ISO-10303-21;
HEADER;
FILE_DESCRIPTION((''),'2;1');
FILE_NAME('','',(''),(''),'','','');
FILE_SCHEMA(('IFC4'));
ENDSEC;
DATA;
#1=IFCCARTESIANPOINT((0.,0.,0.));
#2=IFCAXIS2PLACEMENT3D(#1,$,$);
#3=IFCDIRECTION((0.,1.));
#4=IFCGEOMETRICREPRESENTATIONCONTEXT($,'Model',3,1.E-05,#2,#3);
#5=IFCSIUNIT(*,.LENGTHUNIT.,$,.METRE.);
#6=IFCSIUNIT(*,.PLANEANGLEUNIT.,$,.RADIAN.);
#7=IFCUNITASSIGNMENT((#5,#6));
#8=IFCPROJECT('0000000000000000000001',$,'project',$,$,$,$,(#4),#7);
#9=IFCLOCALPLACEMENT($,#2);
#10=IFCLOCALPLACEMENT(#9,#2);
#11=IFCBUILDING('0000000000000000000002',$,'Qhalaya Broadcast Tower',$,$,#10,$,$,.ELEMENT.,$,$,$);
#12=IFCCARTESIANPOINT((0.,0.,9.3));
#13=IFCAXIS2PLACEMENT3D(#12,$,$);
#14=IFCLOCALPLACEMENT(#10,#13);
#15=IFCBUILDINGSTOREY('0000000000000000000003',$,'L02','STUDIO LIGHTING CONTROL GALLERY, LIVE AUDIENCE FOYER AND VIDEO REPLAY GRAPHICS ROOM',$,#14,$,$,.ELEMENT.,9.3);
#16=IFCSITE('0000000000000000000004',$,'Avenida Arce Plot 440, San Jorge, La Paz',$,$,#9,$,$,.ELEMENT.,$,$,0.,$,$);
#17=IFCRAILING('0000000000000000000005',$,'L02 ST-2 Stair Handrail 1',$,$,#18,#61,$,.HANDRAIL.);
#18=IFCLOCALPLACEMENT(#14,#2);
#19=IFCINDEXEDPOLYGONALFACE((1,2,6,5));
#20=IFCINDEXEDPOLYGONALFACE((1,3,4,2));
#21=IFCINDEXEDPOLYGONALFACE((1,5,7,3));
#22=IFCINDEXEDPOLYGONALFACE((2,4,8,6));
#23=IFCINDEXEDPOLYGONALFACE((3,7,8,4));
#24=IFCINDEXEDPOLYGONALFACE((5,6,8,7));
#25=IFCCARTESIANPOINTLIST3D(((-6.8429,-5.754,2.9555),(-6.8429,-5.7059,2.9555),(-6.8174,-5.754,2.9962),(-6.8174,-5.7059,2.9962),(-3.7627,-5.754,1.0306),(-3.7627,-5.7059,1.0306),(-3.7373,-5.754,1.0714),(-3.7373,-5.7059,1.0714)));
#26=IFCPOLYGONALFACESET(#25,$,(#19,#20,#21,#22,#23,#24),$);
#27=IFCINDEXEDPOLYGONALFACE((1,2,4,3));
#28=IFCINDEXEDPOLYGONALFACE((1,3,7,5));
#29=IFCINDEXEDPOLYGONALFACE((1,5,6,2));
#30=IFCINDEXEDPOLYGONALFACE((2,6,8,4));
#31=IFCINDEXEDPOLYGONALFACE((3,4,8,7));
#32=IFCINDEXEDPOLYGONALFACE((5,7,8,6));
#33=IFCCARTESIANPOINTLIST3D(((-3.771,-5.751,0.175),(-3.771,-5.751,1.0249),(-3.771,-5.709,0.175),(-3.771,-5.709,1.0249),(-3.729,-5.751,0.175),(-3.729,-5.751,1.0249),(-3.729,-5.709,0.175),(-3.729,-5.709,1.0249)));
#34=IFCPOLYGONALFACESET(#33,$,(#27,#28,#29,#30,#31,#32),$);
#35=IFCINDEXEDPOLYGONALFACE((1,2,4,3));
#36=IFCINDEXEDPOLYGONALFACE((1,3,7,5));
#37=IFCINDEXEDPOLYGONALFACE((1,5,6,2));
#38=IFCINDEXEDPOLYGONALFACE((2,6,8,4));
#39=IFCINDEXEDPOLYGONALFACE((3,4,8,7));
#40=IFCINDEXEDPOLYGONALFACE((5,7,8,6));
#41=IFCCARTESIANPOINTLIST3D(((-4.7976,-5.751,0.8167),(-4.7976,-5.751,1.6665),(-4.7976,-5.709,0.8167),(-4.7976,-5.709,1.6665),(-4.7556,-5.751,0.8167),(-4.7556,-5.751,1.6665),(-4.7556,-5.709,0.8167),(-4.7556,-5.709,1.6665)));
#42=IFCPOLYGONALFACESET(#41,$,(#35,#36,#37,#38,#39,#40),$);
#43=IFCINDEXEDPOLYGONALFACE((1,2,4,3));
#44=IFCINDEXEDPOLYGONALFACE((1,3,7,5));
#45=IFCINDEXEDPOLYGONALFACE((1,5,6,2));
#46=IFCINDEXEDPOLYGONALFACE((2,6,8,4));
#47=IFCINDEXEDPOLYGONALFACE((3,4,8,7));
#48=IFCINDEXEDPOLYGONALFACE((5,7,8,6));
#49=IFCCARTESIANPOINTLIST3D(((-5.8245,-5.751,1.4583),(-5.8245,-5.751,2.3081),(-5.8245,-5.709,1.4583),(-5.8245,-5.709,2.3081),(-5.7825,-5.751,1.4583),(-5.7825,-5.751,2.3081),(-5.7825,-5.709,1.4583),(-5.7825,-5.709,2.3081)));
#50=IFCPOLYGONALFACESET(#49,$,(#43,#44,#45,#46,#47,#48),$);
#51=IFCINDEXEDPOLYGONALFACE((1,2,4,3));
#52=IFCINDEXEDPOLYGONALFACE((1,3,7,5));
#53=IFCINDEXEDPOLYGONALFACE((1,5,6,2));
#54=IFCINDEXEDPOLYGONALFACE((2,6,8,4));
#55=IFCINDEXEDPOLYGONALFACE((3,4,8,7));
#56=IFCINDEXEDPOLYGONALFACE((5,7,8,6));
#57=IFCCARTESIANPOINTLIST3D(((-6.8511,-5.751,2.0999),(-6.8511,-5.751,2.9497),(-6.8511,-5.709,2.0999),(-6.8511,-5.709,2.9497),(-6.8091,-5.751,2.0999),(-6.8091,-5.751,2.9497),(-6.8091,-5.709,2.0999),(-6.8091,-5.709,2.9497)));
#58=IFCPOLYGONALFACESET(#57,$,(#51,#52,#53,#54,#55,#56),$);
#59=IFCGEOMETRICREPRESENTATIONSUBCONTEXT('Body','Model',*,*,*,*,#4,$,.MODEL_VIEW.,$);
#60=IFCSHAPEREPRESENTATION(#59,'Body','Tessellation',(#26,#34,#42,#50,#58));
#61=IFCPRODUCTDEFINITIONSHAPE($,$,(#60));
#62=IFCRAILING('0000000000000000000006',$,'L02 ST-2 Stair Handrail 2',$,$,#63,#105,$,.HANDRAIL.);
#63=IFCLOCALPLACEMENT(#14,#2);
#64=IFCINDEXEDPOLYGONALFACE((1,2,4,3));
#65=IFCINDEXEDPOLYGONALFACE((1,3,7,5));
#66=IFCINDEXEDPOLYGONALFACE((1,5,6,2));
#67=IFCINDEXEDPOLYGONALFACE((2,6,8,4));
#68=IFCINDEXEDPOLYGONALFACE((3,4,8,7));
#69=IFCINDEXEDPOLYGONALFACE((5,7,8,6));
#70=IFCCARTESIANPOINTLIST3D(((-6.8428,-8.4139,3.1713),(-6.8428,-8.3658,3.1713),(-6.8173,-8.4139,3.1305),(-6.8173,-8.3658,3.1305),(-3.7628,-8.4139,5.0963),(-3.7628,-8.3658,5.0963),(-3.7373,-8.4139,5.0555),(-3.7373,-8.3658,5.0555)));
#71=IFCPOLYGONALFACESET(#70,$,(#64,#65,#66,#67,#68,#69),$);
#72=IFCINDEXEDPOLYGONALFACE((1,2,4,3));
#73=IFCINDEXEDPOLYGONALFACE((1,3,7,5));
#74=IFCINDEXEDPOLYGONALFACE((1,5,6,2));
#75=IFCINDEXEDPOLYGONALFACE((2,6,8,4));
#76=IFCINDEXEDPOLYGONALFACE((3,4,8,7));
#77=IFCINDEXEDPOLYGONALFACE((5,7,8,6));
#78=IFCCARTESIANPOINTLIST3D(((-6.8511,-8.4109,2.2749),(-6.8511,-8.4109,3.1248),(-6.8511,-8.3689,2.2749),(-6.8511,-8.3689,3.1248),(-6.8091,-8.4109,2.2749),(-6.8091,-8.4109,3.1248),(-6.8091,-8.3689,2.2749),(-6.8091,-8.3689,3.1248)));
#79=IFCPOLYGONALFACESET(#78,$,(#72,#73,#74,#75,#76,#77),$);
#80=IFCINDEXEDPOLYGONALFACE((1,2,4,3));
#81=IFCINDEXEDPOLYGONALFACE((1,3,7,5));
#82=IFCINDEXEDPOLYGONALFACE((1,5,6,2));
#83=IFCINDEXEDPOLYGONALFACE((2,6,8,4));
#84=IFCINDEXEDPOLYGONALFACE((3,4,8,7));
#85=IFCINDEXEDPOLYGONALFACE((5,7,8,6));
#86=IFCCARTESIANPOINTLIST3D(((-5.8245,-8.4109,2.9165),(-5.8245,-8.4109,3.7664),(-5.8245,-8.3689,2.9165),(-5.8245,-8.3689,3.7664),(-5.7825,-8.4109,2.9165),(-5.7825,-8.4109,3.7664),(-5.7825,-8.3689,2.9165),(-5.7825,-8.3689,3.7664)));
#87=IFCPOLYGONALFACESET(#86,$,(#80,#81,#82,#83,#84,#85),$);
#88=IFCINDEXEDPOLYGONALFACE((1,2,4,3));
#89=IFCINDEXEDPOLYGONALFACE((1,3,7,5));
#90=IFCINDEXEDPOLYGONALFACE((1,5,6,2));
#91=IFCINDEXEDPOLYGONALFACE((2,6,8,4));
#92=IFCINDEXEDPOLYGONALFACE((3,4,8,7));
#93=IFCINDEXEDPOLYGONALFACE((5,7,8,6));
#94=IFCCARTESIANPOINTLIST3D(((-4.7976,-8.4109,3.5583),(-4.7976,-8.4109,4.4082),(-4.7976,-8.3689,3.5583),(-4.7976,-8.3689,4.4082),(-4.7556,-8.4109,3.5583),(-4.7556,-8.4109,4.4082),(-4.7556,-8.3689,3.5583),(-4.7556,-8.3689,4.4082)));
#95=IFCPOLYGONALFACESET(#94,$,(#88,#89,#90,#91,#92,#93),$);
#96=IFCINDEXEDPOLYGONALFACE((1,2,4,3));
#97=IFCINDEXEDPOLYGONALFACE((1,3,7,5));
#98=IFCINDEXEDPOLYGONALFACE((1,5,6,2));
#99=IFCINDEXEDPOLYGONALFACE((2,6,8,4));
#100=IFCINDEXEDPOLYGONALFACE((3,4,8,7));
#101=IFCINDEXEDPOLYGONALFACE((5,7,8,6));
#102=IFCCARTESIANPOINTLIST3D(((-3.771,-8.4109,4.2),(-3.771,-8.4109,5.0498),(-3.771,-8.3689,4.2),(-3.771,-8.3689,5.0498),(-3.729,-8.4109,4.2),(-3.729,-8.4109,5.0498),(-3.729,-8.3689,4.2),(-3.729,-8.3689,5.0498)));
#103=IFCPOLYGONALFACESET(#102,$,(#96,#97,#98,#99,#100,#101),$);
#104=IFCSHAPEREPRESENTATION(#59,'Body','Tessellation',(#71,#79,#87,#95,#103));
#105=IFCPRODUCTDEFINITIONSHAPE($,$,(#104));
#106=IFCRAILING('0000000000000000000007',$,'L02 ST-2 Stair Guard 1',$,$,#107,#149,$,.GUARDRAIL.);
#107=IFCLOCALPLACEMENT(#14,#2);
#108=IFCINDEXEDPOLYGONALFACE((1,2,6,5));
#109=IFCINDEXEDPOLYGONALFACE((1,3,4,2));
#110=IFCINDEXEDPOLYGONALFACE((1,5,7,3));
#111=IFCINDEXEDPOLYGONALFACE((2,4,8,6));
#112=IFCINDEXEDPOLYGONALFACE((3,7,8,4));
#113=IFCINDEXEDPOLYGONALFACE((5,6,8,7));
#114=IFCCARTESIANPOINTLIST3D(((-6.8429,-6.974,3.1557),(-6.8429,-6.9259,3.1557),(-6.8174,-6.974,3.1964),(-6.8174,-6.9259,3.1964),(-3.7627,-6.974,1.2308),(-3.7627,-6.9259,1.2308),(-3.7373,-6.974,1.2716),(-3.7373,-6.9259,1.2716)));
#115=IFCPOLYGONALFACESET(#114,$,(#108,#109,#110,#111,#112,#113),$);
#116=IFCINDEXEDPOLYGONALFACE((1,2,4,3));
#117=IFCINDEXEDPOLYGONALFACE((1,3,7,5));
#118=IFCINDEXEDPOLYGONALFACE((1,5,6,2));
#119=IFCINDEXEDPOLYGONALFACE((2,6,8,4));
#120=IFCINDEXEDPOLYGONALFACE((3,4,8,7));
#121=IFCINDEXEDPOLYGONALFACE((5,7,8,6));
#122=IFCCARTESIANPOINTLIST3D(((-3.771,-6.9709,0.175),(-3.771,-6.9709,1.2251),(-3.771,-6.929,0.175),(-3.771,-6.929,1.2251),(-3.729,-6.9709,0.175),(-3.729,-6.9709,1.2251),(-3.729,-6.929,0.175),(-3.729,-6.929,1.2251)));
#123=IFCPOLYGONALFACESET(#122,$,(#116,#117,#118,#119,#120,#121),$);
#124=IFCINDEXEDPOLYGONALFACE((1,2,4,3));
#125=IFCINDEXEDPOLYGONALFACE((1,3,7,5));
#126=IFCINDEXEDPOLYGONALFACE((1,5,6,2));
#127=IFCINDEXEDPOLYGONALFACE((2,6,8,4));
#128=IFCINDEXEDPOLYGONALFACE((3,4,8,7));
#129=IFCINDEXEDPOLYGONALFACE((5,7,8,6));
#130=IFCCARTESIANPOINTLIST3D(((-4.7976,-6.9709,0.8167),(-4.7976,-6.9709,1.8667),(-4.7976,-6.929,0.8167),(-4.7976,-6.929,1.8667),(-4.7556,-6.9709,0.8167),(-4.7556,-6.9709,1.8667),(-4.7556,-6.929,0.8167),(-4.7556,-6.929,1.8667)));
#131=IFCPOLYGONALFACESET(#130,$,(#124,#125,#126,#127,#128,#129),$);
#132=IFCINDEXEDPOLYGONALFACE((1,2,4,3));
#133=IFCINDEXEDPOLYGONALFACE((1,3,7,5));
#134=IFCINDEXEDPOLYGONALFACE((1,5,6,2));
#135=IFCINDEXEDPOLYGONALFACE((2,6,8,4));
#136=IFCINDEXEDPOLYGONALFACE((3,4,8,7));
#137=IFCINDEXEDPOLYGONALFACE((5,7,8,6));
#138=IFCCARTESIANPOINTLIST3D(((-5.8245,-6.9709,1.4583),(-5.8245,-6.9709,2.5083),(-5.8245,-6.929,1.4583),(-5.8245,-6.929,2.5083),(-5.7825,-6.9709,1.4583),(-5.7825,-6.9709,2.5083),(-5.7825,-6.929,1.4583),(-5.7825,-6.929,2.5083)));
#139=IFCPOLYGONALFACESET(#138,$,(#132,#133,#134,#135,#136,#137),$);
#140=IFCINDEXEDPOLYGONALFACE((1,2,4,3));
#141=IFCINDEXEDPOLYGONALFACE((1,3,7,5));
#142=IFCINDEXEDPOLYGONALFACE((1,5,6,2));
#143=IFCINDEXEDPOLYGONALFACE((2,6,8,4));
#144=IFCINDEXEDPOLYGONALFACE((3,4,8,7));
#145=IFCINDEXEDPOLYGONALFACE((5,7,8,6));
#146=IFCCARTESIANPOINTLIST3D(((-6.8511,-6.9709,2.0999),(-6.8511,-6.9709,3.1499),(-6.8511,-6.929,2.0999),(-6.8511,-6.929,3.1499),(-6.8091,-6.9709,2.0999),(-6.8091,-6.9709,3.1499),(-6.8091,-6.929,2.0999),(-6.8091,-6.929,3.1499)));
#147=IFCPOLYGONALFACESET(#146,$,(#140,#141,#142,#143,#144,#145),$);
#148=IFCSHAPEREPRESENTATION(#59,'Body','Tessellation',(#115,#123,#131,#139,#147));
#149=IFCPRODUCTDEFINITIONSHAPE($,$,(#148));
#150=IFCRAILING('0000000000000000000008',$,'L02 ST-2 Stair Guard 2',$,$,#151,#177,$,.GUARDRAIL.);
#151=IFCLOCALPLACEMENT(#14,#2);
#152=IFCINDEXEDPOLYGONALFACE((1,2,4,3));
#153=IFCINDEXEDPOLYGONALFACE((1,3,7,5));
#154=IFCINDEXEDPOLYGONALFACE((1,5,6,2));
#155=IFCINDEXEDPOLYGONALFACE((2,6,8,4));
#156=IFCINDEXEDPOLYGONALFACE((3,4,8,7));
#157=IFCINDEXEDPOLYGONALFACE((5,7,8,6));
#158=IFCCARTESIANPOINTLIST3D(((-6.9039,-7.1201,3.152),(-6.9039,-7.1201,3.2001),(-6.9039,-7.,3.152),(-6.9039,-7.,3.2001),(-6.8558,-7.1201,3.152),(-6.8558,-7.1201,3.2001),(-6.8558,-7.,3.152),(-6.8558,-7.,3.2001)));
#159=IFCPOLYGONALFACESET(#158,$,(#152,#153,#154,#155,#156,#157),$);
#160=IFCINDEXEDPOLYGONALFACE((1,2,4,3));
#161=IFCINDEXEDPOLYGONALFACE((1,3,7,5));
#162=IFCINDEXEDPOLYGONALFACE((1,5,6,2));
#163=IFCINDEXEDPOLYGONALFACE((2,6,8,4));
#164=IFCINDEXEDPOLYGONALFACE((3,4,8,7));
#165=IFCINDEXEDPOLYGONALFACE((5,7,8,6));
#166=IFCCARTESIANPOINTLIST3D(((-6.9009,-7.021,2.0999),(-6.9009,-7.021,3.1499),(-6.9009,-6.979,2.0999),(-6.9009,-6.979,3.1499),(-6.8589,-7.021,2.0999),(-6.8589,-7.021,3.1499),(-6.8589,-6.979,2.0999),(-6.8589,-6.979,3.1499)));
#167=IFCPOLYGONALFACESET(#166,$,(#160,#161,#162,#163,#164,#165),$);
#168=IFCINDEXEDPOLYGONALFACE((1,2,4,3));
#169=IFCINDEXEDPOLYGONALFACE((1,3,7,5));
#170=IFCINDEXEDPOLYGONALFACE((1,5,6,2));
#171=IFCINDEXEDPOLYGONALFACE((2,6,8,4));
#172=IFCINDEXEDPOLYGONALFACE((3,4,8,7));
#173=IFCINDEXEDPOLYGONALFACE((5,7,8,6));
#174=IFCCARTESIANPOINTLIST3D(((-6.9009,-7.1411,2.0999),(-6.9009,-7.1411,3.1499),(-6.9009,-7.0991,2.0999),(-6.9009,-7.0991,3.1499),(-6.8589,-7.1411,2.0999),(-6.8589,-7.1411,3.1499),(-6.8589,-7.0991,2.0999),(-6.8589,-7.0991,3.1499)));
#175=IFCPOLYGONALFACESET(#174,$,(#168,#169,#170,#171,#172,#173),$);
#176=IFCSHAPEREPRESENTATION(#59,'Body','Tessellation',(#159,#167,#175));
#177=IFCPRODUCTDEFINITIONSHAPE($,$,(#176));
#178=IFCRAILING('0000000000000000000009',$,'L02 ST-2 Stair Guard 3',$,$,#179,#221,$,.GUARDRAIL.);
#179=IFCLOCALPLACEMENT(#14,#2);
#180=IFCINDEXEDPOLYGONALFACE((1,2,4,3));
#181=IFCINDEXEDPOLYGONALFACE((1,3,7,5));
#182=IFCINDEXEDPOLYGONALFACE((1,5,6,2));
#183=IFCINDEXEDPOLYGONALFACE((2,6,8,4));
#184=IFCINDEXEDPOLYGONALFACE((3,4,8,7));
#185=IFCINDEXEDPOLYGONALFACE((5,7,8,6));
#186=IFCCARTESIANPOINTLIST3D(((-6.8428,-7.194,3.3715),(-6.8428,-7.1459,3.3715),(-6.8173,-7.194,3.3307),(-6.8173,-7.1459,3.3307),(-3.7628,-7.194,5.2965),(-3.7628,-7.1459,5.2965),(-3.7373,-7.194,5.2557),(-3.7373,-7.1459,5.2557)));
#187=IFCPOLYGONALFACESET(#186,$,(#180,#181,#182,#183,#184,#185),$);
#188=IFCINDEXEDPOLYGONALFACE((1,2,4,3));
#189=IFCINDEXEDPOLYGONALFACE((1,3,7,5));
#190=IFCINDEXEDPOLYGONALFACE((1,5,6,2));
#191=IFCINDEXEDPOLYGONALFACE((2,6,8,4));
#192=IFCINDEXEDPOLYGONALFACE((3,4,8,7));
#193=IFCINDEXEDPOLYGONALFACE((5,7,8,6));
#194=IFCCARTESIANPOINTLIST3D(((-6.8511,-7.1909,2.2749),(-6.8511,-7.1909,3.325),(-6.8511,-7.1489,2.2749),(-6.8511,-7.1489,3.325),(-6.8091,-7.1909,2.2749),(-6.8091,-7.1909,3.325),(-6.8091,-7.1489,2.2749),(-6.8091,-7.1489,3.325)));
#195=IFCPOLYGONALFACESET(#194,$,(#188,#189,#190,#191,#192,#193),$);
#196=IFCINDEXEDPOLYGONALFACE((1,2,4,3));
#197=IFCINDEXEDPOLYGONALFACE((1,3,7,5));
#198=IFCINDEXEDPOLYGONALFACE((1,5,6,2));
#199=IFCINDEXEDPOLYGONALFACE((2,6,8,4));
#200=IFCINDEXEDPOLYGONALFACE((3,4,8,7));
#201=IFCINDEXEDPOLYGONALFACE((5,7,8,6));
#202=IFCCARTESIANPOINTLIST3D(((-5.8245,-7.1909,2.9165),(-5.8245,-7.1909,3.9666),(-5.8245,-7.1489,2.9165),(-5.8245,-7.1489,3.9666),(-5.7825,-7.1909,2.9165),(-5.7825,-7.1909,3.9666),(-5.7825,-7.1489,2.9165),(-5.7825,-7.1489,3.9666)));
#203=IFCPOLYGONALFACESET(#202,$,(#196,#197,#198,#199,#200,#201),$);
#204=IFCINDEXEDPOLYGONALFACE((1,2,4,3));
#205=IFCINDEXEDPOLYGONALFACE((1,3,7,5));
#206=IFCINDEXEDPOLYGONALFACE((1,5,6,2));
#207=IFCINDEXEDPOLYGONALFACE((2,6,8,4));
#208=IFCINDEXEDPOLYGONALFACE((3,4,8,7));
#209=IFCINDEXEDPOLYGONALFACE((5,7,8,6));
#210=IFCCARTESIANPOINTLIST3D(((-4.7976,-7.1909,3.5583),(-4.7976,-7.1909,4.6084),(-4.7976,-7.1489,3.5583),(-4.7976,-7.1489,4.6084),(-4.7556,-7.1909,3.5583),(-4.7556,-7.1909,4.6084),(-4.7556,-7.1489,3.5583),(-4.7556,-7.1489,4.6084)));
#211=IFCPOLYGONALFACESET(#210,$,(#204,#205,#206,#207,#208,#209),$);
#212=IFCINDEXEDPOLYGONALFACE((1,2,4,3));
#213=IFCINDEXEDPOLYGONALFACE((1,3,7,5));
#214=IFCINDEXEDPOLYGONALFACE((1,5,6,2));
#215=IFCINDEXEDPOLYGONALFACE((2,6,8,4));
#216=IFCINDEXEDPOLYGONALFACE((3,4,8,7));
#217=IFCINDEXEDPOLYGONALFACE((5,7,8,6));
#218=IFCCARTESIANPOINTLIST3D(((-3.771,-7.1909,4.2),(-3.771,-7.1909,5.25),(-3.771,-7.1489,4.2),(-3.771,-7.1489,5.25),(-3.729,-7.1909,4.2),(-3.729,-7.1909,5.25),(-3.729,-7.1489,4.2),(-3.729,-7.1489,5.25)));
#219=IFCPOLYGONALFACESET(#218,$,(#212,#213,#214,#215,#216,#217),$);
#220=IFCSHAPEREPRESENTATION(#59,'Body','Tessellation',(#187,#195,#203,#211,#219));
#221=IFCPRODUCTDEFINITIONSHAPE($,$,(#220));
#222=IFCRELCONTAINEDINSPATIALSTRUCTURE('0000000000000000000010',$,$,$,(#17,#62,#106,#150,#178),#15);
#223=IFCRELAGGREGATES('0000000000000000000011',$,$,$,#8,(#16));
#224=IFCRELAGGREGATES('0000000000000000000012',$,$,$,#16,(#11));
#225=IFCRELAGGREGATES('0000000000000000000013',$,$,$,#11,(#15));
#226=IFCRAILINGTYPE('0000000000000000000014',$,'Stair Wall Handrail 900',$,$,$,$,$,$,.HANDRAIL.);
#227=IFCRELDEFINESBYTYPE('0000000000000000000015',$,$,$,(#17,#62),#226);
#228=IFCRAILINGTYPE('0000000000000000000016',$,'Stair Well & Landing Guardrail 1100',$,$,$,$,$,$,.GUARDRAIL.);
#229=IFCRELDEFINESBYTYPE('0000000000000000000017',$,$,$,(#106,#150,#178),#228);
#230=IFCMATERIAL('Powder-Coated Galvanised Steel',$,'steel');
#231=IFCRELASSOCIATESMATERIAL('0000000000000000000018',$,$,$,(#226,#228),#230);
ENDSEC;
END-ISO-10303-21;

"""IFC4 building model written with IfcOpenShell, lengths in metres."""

from ifc_helpers import new_model, si_unit, direction, frame, origin, origin_2d, place, context, subcontext, project, spatial, rectangle, extrude, material, type_object, element, save


model = new_model("IFC4")

# Units and contexts
model_context = context("Model", 3, precision=1e-05, world=origin(), true_north=direction((0.0, 1.0)))
body_context = subcontext(model_context, "Body", "Model", "MODEL_VIEW")
ifc_project = project(units=[si_unit("LENGTHUNIT", "METRE"), si_unit("PLANEANGLEUNIT", "RADIAN")], contexts=[model_context])

# Site, building, storey
site_placement = place(None, origin())
site = spatial("IfcSite", under=ifc_project, at=site_placement, Name="Avenida Arce Plot 440, San Jorge, La Paz", CompositionType="ELEMENT", RefElevation=0.0)
building_placement = place(site_placement, origin())
building = spatial("IfcBuilding", under=site, at=building_placement, Name="Qhalaya Broadcast Tower", CompositionType="ELEMENT")
storey_placement = place(building_placement, frame((0.0, 0.0, 9.3)))
storey = spatial("IfcBuildingStorey", under=building, at=storey_placement, Name="L02", Description="STUDIO LIGHTING CONTROL GALLERY, LIVE AUDIENCE FOYER AND VIDEO REPLAY GRAPHICS ROOM", CompositionType="ELEMENT", Elevation=9.3)

# Railings
ifc_material_1 = material(Name="Powder-Coated Galvanised Steel", Category="steel")
railing_type_1 = type_object("IfcRailingType", Name="Stair Wall Handrail 900", PredefinedType="HANDRAIL", material=ifc_material_1)
railing_1_placement = place(storey_placement, frame((-3.75, -5.73, 0.175)))
element("IfcRailing", 1, at=railing_1_placement, inside=storey, type_object=railing_type_1, Name="L02 ST-2 Stair Handrail 1", PredefinedType="HANDRAIL", context=body_context, shape_type="SweptSolid", body=[
    extrude(rectangle(XDim=0.0481, YDim=0.0481, at=origin_2d()), frame((0.0, 0.0, 0.876), z_axis=(-0.848029, 0.0, 0.529951), x_axis=(0.0, -1.0, 0.0)), (0.0, 0.0, 1.0), 3.6321),
    extrude(rectangle(XDim=0.042, YDim=0.042, at=origin_2d()), origin(), (0.0, 0.0, 1.0), 0.8499),
    extrude(rectangle(XDim=0.042, YDim=0.042, at=origin_2d()), frame((-1.0266, 0.0, 0.6416)), (0.0, 0.0, 1.0), 0.8499),
    extrude(rectangle(XDim=0.042, YDim=0.042, at=origin_2d()), frame((-2.0535, 0.0, 1.2832)), (0.0, 0.0, 1.0), 0.8499),
    extrude(rectangle(XDim=0.042, YDim=0.042, at=origin_2d()), frame((-3.0801, 0.0, 1.9248)), (0.0, 0.0, 1.0), 0.8499),
])
railing_2_placement = place(storey_placement, frame((-6.8301, -8.3899, 2.2749)))
element("IfcRailing", 2, at=railing_2_placement, inside=storey, type_object=railing_type_1, Name="L02 ST-2 Stair Handrail 2", PredefinedType="HANDRAIL", context=body_context, shape_type="SweptSolid", body=[
    extrude(rectangle(XDim=0.0481, YDim=0.0481, at=origin_2d()), frame((0.0, 0.0, 0.876), z_axis=(0.847998, 0.0, 0.529999), x_axis=(0.0, 1.0, 0.0)), (0.0, 0.0, 1.0), 3.6321),
    extrude(rectangle(XDim=0.042, YDim=0.042, at=origin_2d()), origin(), (0.0, 0.0, 1.0), 0.8499),
    extrude(rectangle(XDim=0.042, YDim=0.042, at=origin_2d()), frame((1.0266, 0.0, 0.6416)), (0.0, 0.0, 1.0), 0.8499),
    extrude(rectangle(XDim=0.042, YDim=0.042, at=origin_2d()), frame((2.0535, 0.0, 1.2834)), (0.0, 0.0, 1.0), 0.8499),
    extrude(rectangle(XDim=0.042, YDim=0.042, at=origin_2d()), frame((3.0801, 0.0, 1.925)), (0.0, 0.0, 1.0), 0.8499),
])
railing_type_2 = type_object("IfcRailingType", Name="Stair Well & Landing Guardrail 1100", PredefinedType="GUARDRAIL", material=ifc_material_1)
railing_3_placement = place(storey_placement, frame((-3.75, -6.95, 0.175)))
element("IfcRailing", 3, at=railing_3_placement, inside=storey, type_object=railing_type_2, Name="L02 ST-2 Stair Guard 1", PredefinedType="GUARDRAIL", context=body_context, shape_type="SweptSolid", body=[
    extrude(rectangle(XDim=0.0481, YDim=0.0481, at=origin_2d()), frame((0.0, 0.0, 1.0762), z_axis=(-0.848029, 0.0, 0.529951), x_axis=(0.0, -1.0, 0.0)), (0.0, 0.0, 1.0), 3.6321),
    extrude(rectangle(XDim=0.042, YDim=0.042, at=origin_2d()), origin(), (0.0, 0.0, 1.0), 1.05),
    extrude(rectangle(XDim=0.042, YDim=0.042, at=origin_2d()), frame((-1.0266, 0.0, 0.6416)), (0.0, 0.0, 1.0), 1.05),
    extrude(rectangle(XDim=0.042, YDim=0.042, at=origin_2d()), frame((-2.0535, 0.0, 1.2832)), (0.0, 0.0, 1.0), 1.05),
    extrude(rectangle(XDim=0.042, YDim=0.042, at=origin_2d()), frame((-3.0801, 0.0, 1.9248)), (0.0, 0.0, 1.0), 1.05),
])
railing_4_placement = place(storey_placement, frame((-6.8799, -7.0, 2.0999)))
element("IfcRailing", 4, at=railing_4_placement, inside=storey, type_object=railing_type_2, Name="L02 ST-2 Stair Guard 2", PredefinedType="GUARDRAIL", context=body_context, shape_type="SweptSolid", body=[
    extrude(rectangle(XDim=0.0481, YDim=0.0481, at=origin_2d()), frame((0.0, 0.0, 1.0762), z_axis=(0.0, -1.0, 0.0), x_axis=(1.0, 0.0, 0.0)), (0.0, 0.0, 1.0), 0.1201),
    extrude(rectangle(XDim=0.042, YDim=0.042, at=origin_2d()), origin(), (0.0, 0.0, 1.0), 1.05),
    extrude(rectangle(XDim=0.042, YDim=0.042, at=origin_2d()), frame((0.0, -0.1201, 0.0)), (0.0, 0.0, 1.0), 1.05),
])
railing_5_placement = place(storey_placement, frame((-6.8301, -7.1699, 2.2749)))
element("IfcRailing", 5, at=railing_5_placement, inside=storey, type_object=railing_type_2, Name="L02 ST-2 Stair Guard 3", PredefinedType="GUARDRAIL", context=body_context, shape_type="SweptSolid", body=[
    extrude(rectangle(XDim=0.0481, YDim=0.0481, at=origin_2d()), frame((0.0, 0.0, 1.0762), z_axis=(0.847998, 0.0, 0.529999), x_axis=(0.0, 1.0, 0.0)), (0.0, 0.0, 1.0), 3.6321),
    extrude(rectangle(XDim=0.042, YDim=0.042, at=origin_2d()), origin(), (0.0, 0.0, 1.0), 1.05),
    extrude(rectangle(XDim=0.042, YDim=0.042, at=origin_2d()), frame((1.0266, 0.0, 0.6416)), (0.0, 0.0, 1.0), 1.05),
    extrude(rectangle(XDim=0.042, YDim=0.042, at=origin_2d()), frame((2.0535, 0.0, 1.2834)), (0.0, 0.0, 1.0), 1.05),
    extrude(rectangle(XDim=0.042, YDim=0.042, at=origin_2d()), frame((3.0801, 0.0, 1.925)), (0.0, 0.0, 1.0), 1.05),
])

save(model, "model.ifc")
